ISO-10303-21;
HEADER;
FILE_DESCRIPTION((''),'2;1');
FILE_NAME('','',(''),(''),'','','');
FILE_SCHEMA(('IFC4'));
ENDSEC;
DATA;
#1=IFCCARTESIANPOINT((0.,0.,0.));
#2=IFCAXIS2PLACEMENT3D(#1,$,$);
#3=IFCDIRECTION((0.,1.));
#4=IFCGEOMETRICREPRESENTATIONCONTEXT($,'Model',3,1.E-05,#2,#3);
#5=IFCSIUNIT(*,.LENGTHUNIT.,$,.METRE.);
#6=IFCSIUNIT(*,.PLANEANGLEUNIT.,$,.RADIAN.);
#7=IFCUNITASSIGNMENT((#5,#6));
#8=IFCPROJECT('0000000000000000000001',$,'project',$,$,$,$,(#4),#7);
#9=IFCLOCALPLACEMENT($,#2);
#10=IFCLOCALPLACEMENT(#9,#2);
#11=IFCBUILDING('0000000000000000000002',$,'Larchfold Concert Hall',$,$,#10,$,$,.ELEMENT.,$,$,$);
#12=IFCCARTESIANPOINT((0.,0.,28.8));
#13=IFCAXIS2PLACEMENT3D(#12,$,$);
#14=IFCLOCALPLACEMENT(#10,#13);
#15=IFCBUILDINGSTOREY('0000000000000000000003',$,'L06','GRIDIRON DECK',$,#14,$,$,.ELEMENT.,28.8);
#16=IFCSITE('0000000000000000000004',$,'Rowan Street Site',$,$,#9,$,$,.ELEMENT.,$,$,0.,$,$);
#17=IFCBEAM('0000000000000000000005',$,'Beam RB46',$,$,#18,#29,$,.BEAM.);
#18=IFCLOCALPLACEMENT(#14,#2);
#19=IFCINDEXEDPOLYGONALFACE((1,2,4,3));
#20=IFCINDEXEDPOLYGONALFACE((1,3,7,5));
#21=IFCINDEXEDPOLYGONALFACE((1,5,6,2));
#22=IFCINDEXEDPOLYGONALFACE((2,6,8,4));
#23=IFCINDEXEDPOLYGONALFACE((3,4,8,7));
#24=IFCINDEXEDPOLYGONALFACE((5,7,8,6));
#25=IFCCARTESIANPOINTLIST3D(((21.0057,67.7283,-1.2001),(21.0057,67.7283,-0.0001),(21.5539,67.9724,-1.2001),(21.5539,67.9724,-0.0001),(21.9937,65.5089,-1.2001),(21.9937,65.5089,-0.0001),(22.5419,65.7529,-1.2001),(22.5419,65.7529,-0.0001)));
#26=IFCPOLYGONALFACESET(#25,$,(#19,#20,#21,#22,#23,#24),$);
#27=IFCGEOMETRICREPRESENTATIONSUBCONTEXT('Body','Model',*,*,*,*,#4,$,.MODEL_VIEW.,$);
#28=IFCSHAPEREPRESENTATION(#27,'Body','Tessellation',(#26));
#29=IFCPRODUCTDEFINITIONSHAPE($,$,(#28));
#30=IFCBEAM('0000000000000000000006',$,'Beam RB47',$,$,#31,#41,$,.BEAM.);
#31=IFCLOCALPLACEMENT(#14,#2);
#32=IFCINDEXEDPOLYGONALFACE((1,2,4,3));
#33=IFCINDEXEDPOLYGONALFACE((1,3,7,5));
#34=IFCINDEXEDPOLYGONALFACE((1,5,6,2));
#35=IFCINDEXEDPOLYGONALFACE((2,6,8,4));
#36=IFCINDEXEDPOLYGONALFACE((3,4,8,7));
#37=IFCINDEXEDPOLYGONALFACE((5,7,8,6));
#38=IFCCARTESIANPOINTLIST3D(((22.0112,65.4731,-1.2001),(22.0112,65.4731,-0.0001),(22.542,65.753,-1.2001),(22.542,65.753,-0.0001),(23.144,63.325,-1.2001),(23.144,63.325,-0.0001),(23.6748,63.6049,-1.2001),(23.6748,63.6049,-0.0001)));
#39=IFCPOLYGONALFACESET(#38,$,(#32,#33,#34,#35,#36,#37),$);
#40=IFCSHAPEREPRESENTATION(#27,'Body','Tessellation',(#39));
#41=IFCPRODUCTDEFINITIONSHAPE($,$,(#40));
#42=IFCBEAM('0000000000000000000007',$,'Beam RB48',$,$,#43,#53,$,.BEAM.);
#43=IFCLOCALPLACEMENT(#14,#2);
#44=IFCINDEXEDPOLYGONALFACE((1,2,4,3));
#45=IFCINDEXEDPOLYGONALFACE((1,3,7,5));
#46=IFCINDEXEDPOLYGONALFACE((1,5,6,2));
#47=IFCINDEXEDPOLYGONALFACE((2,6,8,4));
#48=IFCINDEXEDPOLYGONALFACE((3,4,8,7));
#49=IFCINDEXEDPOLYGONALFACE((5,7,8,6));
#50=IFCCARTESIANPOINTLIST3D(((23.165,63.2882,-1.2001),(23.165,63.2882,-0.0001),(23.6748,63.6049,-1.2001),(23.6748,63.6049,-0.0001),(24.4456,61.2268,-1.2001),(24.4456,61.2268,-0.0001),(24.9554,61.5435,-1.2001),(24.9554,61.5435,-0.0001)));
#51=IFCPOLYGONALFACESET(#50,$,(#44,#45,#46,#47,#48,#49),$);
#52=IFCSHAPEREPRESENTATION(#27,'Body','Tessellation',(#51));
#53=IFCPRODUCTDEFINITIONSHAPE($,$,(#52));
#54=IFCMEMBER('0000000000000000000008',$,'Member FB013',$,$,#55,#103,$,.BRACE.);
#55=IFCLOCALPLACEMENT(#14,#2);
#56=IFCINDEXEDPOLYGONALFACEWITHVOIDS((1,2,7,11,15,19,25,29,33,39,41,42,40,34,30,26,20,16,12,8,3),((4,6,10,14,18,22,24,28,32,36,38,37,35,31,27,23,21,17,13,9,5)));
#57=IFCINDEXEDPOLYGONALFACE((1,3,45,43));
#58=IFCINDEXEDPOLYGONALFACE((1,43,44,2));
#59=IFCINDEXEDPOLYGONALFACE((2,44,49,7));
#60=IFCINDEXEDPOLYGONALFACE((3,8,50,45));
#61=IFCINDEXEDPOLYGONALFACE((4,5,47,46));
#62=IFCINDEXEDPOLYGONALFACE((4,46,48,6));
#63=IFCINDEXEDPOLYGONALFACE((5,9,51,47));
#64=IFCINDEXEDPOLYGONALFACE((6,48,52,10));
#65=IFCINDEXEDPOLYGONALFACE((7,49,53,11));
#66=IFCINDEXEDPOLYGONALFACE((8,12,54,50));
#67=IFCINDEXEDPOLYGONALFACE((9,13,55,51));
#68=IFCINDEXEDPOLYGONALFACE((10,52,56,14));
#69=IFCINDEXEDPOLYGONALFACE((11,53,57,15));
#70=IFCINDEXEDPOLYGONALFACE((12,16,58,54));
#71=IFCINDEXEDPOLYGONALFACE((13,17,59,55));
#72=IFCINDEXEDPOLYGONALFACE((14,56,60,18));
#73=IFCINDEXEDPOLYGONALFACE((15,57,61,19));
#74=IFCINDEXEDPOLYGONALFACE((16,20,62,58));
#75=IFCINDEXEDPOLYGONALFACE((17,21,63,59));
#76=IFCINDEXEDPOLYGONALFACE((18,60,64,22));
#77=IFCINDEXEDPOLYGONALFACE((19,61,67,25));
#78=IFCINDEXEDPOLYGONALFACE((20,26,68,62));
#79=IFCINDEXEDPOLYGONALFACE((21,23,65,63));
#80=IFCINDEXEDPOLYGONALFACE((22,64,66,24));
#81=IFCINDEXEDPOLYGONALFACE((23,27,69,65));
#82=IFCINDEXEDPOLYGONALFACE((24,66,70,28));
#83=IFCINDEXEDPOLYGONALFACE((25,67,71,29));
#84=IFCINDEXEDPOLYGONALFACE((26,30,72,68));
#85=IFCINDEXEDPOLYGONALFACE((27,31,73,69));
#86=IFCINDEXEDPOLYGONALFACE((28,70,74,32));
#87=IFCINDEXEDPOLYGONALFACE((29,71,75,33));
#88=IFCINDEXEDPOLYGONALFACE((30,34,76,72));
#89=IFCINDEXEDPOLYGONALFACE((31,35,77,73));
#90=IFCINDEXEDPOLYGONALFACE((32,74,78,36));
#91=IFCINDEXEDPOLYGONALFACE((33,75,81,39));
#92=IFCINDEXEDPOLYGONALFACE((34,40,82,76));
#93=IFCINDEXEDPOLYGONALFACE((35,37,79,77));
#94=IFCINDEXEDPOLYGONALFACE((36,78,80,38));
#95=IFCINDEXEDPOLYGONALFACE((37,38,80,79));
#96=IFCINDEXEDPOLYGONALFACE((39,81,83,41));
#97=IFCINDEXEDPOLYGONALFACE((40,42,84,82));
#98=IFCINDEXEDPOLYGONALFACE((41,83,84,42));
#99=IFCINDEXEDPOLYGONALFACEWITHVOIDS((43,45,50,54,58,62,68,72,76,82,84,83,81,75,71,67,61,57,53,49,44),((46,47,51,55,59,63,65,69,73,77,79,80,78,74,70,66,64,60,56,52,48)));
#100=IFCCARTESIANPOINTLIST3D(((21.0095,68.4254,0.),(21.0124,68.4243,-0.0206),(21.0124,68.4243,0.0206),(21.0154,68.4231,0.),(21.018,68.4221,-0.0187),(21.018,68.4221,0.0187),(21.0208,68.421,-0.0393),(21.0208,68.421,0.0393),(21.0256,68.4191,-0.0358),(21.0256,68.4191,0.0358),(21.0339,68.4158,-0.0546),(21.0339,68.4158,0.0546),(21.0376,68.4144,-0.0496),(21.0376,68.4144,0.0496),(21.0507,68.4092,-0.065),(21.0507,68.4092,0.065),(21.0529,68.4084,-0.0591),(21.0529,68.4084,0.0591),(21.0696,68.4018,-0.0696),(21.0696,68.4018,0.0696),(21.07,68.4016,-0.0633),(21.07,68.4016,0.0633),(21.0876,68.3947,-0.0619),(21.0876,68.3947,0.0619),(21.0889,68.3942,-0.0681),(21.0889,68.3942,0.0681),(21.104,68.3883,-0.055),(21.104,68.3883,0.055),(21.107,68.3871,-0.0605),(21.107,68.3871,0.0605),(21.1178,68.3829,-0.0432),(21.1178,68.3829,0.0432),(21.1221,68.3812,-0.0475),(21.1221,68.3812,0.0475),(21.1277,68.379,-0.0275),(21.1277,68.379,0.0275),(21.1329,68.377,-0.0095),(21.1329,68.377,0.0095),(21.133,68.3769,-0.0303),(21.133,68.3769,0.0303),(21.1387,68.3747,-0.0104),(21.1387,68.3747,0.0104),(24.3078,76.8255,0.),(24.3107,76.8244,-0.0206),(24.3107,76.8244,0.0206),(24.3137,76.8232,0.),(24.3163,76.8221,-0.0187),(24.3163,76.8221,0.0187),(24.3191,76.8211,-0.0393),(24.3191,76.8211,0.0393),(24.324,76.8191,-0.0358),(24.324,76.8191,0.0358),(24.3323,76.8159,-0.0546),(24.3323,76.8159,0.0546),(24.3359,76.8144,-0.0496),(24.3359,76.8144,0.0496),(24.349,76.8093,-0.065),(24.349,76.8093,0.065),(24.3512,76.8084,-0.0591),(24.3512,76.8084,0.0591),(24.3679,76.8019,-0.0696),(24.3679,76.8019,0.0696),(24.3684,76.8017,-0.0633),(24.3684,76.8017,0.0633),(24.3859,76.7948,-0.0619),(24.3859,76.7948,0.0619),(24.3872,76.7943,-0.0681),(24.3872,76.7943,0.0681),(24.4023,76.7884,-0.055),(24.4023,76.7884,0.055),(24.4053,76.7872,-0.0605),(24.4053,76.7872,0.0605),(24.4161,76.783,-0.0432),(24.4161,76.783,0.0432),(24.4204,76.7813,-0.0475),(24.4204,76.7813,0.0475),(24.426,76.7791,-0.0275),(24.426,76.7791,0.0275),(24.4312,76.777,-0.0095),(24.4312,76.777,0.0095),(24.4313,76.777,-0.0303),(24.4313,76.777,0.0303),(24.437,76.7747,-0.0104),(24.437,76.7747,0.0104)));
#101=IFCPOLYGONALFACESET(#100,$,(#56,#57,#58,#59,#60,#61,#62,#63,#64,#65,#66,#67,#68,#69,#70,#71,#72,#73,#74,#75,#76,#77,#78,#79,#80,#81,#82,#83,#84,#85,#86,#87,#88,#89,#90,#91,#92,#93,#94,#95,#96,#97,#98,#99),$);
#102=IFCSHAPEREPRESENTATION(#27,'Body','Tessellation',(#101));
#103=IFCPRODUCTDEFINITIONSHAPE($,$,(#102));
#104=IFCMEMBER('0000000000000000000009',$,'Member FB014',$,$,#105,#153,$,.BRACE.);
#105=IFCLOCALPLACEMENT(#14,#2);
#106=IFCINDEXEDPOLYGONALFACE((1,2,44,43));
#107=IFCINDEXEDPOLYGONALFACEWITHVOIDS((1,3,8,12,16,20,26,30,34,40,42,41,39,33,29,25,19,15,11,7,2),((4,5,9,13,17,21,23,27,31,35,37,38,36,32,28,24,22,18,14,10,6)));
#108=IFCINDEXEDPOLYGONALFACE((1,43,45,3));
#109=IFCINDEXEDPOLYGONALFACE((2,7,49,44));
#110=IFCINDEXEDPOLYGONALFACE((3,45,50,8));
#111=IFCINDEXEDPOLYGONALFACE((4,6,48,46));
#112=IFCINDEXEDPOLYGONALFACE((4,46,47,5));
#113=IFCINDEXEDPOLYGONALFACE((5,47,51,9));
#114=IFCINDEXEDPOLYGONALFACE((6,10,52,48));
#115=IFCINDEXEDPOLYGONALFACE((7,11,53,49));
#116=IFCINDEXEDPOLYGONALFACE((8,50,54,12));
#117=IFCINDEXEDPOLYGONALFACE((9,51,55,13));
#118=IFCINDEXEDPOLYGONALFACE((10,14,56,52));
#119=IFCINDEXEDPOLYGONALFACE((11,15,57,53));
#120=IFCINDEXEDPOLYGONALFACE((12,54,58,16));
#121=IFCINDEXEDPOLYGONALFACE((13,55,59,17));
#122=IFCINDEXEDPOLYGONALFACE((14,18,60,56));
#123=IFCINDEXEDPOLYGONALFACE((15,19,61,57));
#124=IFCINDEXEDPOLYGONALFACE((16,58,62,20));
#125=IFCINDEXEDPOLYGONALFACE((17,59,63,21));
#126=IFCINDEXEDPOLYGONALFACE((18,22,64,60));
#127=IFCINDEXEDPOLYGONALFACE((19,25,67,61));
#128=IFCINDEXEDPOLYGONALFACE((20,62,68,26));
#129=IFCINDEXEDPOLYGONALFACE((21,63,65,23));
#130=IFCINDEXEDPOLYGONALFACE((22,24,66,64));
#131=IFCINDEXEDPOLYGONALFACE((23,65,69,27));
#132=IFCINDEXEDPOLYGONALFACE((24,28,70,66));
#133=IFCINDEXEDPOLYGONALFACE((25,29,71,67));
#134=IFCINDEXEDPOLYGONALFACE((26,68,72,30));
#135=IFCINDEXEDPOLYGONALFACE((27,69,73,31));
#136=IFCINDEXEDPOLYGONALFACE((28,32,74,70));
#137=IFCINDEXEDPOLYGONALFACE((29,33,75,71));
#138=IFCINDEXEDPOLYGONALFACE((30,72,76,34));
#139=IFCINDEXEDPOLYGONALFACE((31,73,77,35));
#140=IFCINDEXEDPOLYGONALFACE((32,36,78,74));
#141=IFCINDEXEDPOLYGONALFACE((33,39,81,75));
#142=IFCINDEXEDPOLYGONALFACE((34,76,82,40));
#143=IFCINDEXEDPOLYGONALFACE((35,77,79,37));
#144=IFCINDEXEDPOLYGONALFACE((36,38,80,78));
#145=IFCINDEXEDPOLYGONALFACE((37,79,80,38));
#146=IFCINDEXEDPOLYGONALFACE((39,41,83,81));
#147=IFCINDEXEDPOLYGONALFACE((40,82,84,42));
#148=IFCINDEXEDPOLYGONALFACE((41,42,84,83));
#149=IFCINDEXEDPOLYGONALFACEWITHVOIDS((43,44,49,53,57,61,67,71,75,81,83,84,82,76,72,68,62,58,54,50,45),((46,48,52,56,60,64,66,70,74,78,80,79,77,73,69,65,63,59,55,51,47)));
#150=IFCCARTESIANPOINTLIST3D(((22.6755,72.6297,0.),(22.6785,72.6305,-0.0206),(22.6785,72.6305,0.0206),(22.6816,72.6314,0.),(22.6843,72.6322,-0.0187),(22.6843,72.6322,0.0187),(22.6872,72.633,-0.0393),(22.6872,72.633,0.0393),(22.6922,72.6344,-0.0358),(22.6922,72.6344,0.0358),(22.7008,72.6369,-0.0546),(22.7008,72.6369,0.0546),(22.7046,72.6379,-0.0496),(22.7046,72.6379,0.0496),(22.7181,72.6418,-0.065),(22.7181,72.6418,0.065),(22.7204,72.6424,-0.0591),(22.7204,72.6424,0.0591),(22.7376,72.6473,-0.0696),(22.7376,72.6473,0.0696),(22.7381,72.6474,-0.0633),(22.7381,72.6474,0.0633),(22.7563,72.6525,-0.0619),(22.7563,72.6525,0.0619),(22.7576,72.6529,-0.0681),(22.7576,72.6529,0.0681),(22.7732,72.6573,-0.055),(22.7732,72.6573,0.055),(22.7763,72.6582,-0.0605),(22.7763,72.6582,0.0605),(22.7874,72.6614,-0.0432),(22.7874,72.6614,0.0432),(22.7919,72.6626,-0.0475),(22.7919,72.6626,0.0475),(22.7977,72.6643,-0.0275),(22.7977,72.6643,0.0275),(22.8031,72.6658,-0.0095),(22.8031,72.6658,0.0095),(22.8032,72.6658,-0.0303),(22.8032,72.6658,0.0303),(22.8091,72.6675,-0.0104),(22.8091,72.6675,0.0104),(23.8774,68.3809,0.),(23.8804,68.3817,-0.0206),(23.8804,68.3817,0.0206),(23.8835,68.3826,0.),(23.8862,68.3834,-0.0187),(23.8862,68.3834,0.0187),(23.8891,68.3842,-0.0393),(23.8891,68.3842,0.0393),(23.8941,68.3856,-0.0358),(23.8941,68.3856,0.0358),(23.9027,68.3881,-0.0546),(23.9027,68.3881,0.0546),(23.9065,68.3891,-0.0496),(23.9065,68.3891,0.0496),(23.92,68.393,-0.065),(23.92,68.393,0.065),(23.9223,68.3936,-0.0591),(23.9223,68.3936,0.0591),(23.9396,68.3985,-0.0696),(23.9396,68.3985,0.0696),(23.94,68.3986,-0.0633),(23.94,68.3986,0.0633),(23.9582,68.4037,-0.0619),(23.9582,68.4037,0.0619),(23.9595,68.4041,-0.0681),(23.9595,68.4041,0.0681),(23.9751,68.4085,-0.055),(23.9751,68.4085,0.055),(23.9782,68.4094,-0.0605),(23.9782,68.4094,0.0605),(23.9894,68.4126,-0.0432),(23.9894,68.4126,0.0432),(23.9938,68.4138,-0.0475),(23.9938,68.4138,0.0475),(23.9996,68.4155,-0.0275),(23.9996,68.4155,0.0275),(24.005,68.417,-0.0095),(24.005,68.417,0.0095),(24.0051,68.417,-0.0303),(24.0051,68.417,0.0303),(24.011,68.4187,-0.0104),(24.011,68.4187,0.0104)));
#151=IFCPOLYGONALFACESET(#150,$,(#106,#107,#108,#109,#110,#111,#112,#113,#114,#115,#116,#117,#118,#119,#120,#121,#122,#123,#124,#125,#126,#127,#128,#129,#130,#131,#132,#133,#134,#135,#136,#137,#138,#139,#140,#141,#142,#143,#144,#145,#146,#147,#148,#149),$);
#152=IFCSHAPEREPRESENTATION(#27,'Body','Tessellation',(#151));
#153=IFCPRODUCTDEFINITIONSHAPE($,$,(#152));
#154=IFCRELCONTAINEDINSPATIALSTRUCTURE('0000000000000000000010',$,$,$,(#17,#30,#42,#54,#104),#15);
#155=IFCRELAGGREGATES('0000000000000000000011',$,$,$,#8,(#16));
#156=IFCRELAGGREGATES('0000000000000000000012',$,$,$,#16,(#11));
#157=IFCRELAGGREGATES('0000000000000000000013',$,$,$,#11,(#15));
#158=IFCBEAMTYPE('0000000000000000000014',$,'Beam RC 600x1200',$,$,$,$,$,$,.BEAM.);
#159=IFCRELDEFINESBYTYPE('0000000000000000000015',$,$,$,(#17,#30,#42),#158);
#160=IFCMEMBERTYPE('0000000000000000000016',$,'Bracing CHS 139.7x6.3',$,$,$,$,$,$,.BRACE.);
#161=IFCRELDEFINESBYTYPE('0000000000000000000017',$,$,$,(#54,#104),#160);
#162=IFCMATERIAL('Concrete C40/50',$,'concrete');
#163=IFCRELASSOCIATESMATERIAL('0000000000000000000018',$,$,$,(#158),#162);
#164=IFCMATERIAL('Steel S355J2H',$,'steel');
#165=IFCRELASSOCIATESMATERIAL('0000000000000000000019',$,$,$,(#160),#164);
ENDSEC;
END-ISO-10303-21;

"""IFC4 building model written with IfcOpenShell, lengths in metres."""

from ifc_helpers import new_model, si_unit, direction, frame, origin, origin_2d, place, context, subcontext, project, spatial, rectangle, hollow_circle, extrude, material, material_profile, profile_set, type_object, element, save


model = new_model("IFC4")

# Units and contexts
model_context = context("Model", 3, precision=1e-05, world=origin(), true_north=direction((0.0, 1.0)))
body_context = subcontext(model_context, "Body", "Model", "MODEL_VIEW")
ifc_project = project(units=[si_unit("LENGTHUNIT", "METRE"), si_unit("PLANEANGLEUNIT", "RADIAN")], contexts=[model_context])

# Site, building, storey
site_placement = place(None, origin())
site = spatial("IfcSite", under=ifc_project, at=site_placement, Name="Rowan Street Site", CompositionType="ELEMENT", RefElevation=0.0)
building_placement = place(site_placement, origin())
building = spatial("IfcBuilding", under=site, at=building_placement, Name="Larchfold Concert Hall", CompositionType="ELEMENT")
storey_placement = place(building_placement, frame((0.0, 0.0, 28.8)))
storey = spatial("IfcBuildingStorey", under=building, at=storey_placement, Name="L06", Description="GRIDIRON DECK", CompositionType="ELEMENT", Elevation=28.8)

# Beams
ifc_material_1 = material(Name="Concrete C40/50", Category="concrete")
ifc_material_profile_1 = material_profile(ifc_material_1, rectangle(XDim=0.6001, YDim=1.2, at=origin_2d()))
ifc_profile_set_1 = profile_set([ifc_material_profile_1], Name="Concrete C40/50")
beam_type_1 = type_object("IfcBeamType", Name="Beam RC 600x1200", PredefinedType="BEAM", material=ifc_profile_set_1)
beam_1_placement = place(storey_placement, frame((21.2798, 67.8503, -0.6001), z_axis=(0.406689, -0.913567, 0.0), x_axis=(0.913567, 0.406689, 0.0)))
element("IfcBeam", 1, at=beam_1_placement, inside=storey, type_object=beam_type_1, Name="Beam RB46", PredefinedType="BEAM", context=body_context, shape_type="SweptSolid", body=[
    extrude(rectangle(XDim=0.6001, YDim=1.2, at=origin_2d()), origin(), (0.0, 0.0, 1.0), 2.4294),
])
beam_2_placement = place(storey_placement, frame((22.2766, 65.613, -0.6001), z_axis=(0.466451, -0.884547, 0.0), x_axis=(0.884547, 0.466451, 0.0)))
element("IfcBeam", 2, at=beam_2_placement, inside=storey, type_object=beam_type_1, Name="Beam RB47", PredefinedType="BEAM", context=body_context, shape_type="SweptSolid", body=[
    extrude(rectangle(XDim=0.6001, YDim=1.2, at=origin_2d()), origin(), (0.0, 0.0, 1.0), 2.4285),
])
beam_3_placement = place(storey_placement, frame((23.4199, 63.4465, -0.6001), z_axis=(0.527691, -0.849436, 0.0), x_axis=(0.849436, 0.527691, 0.0)))
element("IfcBeam", 3, at=beam_3_placement, inside=storey, type_object=beam_type_1, Name="Beam RB48", PredefinedType="BEAM", context=body_context, shape_type="SweptSolid", body=[
    extrude(rectangle(XDim=0.6001, YDim=1.2, at=origin_2d()), origin(), (0.0, 0.0, 1.0), 2.4268),
])

# Members
ifc_material_2 = material(Name="Steel S355J2H", Category="steel")
ifc_material_profile_2 = material_profile(ifc_material_2, hollow_circle(Radius=0.0698, WallThickness=0.0063, at=origin_2d()))
ifc_profile_set_2 = profile_set([ifc_material_profile_2], Name="Steel S355J2H")
member_type_1 = type_object("IfcMemberType", Name="Bracing CHS 139.7x6.3", PredefinedType="BRACE", material=ifc_profile_set_2)
member_1_placement = place(storey_placement, frame((21.0745, 68.3999, 0.0), z_axis=(0.365487, 0.930816, 0.0), x_axis=(-0.930816, 0.365487, 0.0)))
element("IfcMember", 4, at=member_1_placement, inside=storey, type_object=member_type_1, Name="Member FB013", PredefinedType="BRACE", context=body_context, shape_type="SweptSolid", body=[
    extrude(hollow_circle(Radius=0.0698, WallThickness=0.0063, at=origin_2d()), origin(), (0.0, 0.0, 1.0), 9.0244),
])
member_2_placement = place(storey_placement, frame((23.9446, 68.3999, 0.0), z_axis=(-0.272201, 0.96224, 0.0), x_axis=(-0.96224, -0.272201, 0.0)))
element("IfcMember", 5, at=member_2_placement, inside=storey, type_object=member_type_1, Name="Member FB014", PredefinedType="BRACE", context=body_context, shape_type="SweptSolid", body=[
    extrude(hollow_circle(Radius=0.0698, WallThickness=0.0063, at=origin_2d()), origin(), (0.0, 0.0, 1.0), 4.4155),
])

save(model, "model.ifc")
